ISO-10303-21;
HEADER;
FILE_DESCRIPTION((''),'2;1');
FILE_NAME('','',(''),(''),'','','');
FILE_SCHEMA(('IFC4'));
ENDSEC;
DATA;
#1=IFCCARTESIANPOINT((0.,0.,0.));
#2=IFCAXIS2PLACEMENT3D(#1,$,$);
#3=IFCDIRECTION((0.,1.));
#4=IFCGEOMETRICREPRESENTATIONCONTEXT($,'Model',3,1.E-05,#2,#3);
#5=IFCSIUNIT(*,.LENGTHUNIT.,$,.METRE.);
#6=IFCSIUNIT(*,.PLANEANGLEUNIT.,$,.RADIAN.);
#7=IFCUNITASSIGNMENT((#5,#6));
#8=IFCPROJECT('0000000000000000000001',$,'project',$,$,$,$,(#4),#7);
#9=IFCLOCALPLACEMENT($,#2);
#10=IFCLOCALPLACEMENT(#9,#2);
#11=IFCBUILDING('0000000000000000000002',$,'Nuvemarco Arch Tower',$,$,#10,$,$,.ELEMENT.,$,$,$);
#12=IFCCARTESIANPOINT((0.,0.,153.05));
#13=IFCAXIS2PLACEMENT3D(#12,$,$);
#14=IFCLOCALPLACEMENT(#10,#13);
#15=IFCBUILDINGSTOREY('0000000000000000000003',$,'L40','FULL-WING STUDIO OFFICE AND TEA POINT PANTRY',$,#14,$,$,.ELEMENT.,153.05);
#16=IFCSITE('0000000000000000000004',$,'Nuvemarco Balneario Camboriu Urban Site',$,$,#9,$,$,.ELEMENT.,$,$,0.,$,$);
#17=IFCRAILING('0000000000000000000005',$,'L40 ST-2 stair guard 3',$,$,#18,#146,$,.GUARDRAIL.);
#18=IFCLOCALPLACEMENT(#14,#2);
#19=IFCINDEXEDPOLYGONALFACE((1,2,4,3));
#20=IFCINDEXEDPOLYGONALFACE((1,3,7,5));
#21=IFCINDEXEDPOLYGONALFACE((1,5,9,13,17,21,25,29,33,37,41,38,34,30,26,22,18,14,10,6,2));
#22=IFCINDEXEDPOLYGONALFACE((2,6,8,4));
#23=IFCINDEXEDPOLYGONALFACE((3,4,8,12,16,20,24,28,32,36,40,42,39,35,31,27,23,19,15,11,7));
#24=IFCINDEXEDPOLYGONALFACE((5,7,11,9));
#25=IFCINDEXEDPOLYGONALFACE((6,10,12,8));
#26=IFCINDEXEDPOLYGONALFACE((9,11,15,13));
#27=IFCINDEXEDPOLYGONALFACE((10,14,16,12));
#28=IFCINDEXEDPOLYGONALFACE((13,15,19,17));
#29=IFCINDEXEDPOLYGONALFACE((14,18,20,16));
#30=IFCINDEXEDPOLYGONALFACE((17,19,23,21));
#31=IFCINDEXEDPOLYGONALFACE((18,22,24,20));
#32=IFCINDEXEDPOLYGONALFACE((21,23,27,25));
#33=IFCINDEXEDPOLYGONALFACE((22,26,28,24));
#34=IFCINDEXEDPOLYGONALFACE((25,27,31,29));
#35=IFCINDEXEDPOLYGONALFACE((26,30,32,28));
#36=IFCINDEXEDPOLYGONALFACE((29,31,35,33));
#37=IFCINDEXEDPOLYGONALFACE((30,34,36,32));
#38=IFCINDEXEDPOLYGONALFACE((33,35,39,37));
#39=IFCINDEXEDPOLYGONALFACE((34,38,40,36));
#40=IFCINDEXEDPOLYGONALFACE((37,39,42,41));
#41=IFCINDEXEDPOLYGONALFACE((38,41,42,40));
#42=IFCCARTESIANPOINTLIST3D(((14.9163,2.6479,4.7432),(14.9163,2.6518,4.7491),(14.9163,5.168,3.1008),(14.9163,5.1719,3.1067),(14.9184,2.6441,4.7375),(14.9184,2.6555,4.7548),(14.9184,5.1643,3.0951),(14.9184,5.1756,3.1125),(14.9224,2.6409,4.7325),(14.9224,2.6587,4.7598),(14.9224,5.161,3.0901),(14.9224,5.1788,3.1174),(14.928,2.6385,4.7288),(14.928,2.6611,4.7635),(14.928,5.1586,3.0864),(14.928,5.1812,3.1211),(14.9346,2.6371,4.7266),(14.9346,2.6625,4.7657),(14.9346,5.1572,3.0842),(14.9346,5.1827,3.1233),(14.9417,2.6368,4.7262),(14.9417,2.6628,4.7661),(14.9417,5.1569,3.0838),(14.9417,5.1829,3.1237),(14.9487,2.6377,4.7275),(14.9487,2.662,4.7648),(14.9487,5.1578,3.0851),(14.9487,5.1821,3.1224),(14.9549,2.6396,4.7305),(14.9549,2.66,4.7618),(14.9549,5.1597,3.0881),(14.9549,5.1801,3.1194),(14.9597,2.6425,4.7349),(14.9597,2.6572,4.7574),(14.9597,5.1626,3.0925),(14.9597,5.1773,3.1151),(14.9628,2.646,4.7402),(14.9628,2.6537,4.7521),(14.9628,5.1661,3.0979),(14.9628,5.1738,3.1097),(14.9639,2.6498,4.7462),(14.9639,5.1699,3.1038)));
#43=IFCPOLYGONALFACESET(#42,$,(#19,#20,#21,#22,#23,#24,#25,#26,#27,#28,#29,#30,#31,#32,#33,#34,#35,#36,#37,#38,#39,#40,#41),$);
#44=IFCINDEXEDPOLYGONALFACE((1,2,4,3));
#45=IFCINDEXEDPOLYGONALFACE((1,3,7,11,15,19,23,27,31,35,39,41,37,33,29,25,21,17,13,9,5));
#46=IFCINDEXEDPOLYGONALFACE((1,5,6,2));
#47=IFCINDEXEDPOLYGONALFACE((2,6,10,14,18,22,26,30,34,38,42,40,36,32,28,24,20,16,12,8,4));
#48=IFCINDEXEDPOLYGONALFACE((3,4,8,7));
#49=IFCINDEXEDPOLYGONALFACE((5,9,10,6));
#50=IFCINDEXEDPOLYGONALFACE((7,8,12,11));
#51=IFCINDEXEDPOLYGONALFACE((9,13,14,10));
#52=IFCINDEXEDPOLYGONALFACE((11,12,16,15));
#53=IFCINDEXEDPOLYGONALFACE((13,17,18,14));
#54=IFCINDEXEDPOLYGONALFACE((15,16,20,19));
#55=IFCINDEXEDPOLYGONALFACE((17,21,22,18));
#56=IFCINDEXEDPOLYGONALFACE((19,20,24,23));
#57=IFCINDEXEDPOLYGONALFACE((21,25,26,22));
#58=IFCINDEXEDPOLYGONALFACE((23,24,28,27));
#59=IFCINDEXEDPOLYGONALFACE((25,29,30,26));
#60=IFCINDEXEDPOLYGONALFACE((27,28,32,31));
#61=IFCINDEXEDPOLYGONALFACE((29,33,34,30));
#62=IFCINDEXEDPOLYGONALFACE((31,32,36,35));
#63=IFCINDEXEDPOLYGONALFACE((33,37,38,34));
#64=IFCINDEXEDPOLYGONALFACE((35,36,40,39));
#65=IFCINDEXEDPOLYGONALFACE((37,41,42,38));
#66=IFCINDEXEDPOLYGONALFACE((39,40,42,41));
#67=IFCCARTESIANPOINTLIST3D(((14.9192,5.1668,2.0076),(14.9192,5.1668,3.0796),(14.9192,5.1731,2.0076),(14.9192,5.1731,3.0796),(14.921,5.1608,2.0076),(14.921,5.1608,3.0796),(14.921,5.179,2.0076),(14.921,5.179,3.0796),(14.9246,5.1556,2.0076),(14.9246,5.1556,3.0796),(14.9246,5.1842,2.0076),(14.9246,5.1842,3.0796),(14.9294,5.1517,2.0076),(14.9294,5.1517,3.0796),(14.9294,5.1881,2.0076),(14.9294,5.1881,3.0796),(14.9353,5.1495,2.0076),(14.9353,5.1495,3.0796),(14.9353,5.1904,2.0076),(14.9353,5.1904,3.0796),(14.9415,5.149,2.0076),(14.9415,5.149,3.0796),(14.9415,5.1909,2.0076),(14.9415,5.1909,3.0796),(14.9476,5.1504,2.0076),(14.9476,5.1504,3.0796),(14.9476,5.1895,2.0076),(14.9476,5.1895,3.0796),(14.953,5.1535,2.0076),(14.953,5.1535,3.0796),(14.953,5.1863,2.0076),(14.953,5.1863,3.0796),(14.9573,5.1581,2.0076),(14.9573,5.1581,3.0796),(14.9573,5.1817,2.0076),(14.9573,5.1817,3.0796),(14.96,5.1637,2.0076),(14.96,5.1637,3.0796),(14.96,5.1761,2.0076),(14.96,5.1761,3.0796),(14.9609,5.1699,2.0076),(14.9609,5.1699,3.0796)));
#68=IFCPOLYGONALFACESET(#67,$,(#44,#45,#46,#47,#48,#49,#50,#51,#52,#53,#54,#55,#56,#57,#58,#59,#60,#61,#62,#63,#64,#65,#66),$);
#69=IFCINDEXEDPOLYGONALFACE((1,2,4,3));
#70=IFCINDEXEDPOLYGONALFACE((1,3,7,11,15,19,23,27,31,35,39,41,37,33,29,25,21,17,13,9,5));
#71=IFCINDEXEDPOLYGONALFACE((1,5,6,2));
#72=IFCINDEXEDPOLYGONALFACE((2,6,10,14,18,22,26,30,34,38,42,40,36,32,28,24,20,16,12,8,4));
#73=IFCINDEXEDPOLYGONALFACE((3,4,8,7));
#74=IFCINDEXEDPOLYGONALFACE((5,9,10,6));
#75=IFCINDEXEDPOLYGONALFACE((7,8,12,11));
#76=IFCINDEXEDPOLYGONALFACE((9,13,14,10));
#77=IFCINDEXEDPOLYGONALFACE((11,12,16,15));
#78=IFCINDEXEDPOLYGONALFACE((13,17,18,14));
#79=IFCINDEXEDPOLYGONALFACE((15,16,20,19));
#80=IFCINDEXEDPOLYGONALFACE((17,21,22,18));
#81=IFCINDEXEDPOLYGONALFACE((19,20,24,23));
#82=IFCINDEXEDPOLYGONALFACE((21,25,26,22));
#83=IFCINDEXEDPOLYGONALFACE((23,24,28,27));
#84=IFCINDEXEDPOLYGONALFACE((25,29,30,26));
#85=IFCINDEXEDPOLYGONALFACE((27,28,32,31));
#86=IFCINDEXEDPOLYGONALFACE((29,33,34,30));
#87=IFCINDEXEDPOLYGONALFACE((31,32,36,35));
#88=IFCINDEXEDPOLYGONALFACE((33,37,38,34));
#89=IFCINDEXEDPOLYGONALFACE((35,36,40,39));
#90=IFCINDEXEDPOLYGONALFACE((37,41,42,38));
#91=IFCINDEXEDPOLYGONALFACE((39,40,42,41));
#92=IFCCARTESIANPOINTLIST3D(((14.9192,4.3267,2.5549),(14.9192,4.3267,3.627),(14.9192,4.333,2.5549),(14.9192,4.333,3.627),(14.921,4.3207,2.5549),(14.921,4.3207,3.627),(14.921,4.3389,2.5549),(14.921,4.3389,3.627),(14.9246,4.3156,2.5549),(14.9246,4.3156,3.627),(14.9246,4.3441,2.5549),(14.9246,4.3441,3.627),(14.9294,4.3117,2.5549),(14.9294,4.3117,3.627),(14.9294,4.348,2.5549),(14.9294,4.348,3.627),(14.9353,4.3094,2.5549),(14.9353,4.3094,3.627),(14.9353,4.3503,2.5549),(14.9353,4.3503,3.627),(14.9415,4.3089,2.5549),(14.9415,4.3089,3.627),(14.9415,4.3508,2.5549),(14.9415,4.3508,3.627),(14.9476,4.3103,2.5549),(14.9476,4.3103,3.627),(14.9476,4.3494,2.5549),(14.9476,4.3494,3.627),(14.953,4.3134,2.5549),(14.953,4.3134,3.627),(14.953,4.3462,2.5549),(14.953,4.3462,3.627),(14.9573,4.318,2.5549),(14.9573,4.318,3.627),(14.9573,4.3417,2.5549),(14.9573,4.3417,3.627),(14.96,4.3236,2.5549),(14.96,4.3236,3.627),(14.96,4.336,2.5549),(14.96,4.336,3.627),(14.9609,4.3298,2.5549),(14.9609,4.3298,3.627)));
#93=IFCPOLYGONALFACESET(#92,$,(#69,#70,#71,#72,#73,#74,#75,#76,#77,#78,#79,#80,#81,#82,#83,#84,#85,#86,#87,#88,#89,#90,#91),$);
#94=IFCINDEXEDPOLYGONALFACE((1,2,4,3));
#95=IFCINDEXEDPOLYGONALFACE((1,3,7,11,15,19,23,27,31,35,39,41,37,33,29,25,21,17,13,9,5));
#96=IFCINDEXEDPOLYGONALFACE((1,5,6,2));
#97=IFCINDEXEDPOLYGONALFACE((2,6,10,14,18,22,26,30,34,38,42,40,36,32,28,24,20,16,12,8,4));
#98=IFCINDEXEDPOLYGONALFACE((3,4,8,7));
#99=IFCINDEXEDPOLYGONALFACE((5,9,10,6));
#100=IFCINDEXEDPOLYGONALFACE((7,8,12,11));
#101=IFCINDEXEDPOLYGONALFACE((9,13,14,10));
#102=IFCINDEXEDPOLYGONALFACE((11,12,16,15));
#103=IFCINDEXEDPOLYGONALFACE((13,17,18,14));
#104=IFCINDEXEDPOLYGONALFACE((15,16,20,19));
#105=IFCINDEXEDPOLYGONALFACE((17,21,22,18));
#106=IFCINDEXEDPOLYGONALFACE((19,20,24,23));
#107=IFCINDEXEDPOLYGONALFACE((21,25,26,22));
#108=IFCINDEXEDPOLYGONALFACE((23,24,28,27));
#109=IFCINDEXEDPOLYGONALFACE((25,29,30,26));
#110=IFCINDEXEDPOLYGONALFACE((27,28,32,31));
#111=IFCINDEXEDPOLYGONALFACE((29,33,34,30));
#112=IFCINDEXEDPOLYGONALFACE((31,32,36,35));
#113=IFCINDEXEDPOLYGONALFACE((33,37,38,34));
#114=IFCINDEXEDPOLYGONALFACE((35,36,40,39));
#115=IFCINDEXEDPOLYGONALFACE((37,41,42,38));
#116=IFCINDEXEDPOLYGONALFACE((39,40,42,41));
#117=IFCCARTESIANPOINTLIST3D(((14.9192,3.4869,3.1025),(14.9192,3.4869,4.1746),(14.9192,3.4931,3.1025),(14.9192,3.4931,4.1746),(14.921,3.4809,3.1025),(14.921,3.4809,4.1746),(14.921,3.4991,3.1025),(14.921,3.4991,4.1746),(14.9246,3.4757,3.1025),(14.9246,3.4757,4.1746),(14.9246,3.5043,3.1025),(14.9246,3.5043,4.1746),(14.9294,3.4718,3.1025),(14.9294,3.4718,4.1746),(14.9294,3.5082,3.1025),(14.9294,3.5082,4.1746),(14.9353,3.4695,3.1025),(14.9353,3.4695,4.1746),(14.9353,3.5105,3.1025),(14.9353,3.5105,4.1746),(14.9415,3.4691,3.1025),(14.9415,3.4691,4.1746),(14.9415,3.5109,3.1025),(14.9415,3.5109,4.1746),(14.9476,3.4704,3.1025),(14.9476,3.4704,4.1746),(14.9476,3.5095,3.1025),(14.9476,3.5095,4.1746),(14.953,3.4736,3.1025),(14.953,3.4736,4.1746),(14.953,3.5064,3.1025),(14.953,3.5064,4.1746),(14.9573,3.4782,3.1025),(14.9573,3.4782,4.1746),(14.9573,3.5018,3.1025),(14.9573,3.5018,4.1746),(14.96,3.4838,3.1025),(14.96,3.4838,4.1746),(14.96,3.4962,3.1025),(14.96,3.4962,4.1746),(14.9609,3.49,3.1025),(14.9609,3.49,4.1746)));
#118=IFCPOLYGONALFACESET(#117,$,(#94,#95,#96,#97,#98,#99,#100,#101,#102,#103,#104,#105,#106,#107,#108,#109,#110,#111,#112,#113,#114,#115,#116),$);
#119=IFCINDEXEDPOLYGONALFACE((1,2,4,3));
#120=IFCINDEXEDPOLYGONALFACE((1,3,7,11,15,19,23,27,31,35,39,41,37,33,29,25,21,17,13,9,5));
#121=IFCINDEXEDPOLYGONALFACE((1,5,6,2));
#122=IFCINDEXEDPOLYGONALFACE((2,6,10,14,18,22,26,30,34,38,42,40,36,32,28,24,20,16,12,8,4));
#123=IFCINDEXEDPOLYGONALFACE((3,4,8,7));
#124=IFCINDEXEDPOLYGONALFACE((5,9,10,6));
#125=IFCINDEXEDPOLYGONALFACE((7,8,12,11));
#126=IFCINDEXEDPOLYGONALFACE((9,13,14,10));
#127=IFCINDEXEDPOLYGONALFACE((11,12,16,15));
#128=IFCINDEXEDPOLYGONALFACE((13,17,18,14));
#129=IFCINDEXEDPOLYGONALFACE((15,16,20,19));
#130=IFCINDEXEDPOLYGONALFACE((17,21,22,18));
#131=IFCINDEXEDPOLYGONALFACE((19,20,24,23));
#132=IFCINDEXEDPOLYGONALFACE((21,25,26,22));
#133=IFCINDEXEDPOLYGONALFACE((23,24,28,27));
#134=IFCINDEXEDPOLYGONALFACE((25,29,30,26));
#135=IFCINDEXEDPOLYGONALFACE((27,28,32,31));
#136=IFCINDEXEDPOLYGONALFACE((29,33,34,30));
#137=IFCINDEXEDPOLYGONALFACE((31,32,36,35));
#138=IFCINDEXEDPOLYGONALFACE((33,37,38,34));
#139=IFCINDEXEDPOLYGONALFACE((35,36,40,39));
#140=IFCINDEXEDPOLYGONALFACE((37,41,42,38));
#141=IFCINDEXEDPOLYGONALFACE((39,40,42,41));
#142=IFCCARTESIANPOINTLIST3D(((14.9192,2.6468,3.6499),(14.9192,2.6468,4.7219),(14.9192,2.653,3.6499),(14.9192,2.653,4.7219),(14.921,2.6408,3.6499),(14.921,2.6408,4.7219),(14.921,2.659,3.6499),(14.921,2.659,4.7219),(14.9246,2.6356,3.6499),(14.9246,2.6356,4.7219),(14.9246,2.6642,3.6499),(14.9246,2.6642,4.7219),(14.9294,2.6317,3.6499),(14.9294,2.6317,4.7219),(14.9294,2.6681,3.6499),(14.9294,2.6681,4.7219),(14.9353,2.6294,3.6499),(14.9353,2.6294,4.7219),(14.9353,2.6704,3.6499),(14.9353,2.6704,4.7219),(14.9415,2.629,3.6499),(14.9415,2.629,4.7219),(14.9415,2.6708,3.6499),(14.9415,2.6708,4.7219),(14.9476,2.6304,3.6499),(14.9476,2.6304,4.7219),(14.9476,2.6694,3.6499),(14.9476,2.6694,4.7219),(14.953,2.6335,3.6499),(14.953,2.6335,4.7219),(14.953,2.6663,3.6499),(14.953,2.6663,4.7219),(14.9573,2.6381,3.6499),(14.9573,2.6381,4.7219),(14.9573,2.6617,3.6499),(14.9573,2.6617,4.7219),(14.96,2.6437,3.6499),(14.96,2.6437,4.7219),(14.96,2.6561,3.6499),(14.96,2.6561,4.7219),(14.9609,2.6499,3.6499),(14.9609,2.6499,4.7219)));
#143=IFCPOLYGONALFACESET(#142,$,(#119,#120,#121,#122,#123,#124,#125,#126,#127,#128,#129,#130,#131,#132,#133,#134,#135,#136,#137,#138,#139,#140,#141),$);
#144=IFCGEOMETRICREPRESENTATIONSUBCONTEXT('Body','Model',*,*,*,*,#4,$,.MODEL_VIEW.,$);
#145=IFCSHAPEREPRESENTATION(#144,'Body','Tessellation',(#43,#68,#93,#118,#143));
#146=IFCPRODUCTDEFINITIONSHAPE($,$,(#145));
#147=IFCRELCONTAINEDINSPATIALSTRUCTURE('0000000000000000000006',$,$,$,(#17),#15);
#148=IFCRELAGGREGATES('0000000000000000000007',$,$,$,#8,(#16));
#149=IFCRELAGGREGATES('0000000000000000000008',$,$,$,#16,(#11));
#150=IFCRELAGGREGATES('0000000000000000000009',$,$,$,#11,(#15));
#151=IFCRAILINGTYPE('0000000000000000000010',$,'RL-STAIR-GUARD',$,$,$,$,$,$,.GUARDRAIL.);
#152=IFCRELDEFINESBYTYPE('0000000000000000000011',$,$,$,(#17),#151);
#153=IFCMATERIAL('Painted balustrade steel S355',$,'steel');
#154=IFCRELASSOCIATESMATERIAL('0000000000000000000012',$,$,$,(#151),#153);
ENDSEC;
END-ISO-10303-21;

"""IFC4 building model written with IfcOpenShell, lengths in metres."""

from ifc_helpers import new_model, si_unit, direction, frame, origin, origin_2d, place, context, subcontext, project, spatial, circle, extrude, material, type_object, element, save


model = new_model("IFC4")

# Units and contexts
model_context = context("Model", 3, precision=1e-05, world=origin(), true_north=direction((0.0, 1.0)))
body_context = subcontext(model_context, "Body", "Model", "MODEL_VIEW")
ifc_project = project(units=[si_unit("LENGTHUNIT", "METRE"), si_unit("PLANEANGLEUNIT", "RADIAN")], contexts=[model_context])

# Site, building, storey
site_placement = place(None, origin())
site = spatial("IfcSite", under=ifc_project, at=site_placement, Name="Nuvemarco Balneario Camboriu Urban Site", CompositionType="ELEMENT", RefElevation=0.0)
building_placement = place(site_placement, origin())
building = spatial("IfcBuilding", under=site, at=building_placement, Name="Nuvemarco Arch Tower", CompositionType="ELEMENT")
storey_placement = place(building_placement, frame((0.0, 0.0, 153.05)))
storey = spatial("IfcBuildingStorey", under=building, at=storey_placement, Name="L40", Description="FULL-WING STUDIO OFFICE AND TEA POINT PANTRY", CompositionType="ELEMENT", Elevation=153.05)

# Railing
ifc_material_1 = material(Name="Painted balustrade steel S355", Category="steel")
railing_type_1 = type_object("IfcRailingType", Name="RL-STAIR-GUARD", PredefinedType="GUARDRAIL", material=ifc_material_1)
railing_1_placement = place(storey_placement, frame((14.9399, 5.1699, 2.0076)))
element("IfcRailing", 1, at=railing_1_placement, inside=storey, type_object=railing_type_1, Name="L40 ST-2 stair guard 3", PredefinedType="GUARDRAIL", context=body_context, shape_type="SweptSolid", body=[
    extrude(circle(Radius=0.0239, at=origin_2d()), frame((0.0, 0.0, 1.0962), z_axis=(0.0, -0.837787, 0.545998), x_axis=(1.0, 0.0, 0.0)), (0.0, 0.0, 1.0), 3.0081),
    extrude(circle(Radius=0.021, at=origin_2d()), origin(), (0.0, 0.0, 1.0), 1.072),
    extrude(circle(Radius=0.021, at=origin_2d()), frame((0.0, -0.8401, 0.5474)), (0.0, 0.0, 1.0), 1.072),
    extrude(circle(Radius=0.021, at=origin_2d()), frame((0.0, -1.6799, 1.095)), (0.0, 0.0, 1.0), 1.072),
    extrude(circle(Radius=0.021, at=origin_2d()), frame((0.0, -2.52, 1.6423)), (0.0, 0.0, 1.0), 1.072),
])

save(model, "model.ifc")
